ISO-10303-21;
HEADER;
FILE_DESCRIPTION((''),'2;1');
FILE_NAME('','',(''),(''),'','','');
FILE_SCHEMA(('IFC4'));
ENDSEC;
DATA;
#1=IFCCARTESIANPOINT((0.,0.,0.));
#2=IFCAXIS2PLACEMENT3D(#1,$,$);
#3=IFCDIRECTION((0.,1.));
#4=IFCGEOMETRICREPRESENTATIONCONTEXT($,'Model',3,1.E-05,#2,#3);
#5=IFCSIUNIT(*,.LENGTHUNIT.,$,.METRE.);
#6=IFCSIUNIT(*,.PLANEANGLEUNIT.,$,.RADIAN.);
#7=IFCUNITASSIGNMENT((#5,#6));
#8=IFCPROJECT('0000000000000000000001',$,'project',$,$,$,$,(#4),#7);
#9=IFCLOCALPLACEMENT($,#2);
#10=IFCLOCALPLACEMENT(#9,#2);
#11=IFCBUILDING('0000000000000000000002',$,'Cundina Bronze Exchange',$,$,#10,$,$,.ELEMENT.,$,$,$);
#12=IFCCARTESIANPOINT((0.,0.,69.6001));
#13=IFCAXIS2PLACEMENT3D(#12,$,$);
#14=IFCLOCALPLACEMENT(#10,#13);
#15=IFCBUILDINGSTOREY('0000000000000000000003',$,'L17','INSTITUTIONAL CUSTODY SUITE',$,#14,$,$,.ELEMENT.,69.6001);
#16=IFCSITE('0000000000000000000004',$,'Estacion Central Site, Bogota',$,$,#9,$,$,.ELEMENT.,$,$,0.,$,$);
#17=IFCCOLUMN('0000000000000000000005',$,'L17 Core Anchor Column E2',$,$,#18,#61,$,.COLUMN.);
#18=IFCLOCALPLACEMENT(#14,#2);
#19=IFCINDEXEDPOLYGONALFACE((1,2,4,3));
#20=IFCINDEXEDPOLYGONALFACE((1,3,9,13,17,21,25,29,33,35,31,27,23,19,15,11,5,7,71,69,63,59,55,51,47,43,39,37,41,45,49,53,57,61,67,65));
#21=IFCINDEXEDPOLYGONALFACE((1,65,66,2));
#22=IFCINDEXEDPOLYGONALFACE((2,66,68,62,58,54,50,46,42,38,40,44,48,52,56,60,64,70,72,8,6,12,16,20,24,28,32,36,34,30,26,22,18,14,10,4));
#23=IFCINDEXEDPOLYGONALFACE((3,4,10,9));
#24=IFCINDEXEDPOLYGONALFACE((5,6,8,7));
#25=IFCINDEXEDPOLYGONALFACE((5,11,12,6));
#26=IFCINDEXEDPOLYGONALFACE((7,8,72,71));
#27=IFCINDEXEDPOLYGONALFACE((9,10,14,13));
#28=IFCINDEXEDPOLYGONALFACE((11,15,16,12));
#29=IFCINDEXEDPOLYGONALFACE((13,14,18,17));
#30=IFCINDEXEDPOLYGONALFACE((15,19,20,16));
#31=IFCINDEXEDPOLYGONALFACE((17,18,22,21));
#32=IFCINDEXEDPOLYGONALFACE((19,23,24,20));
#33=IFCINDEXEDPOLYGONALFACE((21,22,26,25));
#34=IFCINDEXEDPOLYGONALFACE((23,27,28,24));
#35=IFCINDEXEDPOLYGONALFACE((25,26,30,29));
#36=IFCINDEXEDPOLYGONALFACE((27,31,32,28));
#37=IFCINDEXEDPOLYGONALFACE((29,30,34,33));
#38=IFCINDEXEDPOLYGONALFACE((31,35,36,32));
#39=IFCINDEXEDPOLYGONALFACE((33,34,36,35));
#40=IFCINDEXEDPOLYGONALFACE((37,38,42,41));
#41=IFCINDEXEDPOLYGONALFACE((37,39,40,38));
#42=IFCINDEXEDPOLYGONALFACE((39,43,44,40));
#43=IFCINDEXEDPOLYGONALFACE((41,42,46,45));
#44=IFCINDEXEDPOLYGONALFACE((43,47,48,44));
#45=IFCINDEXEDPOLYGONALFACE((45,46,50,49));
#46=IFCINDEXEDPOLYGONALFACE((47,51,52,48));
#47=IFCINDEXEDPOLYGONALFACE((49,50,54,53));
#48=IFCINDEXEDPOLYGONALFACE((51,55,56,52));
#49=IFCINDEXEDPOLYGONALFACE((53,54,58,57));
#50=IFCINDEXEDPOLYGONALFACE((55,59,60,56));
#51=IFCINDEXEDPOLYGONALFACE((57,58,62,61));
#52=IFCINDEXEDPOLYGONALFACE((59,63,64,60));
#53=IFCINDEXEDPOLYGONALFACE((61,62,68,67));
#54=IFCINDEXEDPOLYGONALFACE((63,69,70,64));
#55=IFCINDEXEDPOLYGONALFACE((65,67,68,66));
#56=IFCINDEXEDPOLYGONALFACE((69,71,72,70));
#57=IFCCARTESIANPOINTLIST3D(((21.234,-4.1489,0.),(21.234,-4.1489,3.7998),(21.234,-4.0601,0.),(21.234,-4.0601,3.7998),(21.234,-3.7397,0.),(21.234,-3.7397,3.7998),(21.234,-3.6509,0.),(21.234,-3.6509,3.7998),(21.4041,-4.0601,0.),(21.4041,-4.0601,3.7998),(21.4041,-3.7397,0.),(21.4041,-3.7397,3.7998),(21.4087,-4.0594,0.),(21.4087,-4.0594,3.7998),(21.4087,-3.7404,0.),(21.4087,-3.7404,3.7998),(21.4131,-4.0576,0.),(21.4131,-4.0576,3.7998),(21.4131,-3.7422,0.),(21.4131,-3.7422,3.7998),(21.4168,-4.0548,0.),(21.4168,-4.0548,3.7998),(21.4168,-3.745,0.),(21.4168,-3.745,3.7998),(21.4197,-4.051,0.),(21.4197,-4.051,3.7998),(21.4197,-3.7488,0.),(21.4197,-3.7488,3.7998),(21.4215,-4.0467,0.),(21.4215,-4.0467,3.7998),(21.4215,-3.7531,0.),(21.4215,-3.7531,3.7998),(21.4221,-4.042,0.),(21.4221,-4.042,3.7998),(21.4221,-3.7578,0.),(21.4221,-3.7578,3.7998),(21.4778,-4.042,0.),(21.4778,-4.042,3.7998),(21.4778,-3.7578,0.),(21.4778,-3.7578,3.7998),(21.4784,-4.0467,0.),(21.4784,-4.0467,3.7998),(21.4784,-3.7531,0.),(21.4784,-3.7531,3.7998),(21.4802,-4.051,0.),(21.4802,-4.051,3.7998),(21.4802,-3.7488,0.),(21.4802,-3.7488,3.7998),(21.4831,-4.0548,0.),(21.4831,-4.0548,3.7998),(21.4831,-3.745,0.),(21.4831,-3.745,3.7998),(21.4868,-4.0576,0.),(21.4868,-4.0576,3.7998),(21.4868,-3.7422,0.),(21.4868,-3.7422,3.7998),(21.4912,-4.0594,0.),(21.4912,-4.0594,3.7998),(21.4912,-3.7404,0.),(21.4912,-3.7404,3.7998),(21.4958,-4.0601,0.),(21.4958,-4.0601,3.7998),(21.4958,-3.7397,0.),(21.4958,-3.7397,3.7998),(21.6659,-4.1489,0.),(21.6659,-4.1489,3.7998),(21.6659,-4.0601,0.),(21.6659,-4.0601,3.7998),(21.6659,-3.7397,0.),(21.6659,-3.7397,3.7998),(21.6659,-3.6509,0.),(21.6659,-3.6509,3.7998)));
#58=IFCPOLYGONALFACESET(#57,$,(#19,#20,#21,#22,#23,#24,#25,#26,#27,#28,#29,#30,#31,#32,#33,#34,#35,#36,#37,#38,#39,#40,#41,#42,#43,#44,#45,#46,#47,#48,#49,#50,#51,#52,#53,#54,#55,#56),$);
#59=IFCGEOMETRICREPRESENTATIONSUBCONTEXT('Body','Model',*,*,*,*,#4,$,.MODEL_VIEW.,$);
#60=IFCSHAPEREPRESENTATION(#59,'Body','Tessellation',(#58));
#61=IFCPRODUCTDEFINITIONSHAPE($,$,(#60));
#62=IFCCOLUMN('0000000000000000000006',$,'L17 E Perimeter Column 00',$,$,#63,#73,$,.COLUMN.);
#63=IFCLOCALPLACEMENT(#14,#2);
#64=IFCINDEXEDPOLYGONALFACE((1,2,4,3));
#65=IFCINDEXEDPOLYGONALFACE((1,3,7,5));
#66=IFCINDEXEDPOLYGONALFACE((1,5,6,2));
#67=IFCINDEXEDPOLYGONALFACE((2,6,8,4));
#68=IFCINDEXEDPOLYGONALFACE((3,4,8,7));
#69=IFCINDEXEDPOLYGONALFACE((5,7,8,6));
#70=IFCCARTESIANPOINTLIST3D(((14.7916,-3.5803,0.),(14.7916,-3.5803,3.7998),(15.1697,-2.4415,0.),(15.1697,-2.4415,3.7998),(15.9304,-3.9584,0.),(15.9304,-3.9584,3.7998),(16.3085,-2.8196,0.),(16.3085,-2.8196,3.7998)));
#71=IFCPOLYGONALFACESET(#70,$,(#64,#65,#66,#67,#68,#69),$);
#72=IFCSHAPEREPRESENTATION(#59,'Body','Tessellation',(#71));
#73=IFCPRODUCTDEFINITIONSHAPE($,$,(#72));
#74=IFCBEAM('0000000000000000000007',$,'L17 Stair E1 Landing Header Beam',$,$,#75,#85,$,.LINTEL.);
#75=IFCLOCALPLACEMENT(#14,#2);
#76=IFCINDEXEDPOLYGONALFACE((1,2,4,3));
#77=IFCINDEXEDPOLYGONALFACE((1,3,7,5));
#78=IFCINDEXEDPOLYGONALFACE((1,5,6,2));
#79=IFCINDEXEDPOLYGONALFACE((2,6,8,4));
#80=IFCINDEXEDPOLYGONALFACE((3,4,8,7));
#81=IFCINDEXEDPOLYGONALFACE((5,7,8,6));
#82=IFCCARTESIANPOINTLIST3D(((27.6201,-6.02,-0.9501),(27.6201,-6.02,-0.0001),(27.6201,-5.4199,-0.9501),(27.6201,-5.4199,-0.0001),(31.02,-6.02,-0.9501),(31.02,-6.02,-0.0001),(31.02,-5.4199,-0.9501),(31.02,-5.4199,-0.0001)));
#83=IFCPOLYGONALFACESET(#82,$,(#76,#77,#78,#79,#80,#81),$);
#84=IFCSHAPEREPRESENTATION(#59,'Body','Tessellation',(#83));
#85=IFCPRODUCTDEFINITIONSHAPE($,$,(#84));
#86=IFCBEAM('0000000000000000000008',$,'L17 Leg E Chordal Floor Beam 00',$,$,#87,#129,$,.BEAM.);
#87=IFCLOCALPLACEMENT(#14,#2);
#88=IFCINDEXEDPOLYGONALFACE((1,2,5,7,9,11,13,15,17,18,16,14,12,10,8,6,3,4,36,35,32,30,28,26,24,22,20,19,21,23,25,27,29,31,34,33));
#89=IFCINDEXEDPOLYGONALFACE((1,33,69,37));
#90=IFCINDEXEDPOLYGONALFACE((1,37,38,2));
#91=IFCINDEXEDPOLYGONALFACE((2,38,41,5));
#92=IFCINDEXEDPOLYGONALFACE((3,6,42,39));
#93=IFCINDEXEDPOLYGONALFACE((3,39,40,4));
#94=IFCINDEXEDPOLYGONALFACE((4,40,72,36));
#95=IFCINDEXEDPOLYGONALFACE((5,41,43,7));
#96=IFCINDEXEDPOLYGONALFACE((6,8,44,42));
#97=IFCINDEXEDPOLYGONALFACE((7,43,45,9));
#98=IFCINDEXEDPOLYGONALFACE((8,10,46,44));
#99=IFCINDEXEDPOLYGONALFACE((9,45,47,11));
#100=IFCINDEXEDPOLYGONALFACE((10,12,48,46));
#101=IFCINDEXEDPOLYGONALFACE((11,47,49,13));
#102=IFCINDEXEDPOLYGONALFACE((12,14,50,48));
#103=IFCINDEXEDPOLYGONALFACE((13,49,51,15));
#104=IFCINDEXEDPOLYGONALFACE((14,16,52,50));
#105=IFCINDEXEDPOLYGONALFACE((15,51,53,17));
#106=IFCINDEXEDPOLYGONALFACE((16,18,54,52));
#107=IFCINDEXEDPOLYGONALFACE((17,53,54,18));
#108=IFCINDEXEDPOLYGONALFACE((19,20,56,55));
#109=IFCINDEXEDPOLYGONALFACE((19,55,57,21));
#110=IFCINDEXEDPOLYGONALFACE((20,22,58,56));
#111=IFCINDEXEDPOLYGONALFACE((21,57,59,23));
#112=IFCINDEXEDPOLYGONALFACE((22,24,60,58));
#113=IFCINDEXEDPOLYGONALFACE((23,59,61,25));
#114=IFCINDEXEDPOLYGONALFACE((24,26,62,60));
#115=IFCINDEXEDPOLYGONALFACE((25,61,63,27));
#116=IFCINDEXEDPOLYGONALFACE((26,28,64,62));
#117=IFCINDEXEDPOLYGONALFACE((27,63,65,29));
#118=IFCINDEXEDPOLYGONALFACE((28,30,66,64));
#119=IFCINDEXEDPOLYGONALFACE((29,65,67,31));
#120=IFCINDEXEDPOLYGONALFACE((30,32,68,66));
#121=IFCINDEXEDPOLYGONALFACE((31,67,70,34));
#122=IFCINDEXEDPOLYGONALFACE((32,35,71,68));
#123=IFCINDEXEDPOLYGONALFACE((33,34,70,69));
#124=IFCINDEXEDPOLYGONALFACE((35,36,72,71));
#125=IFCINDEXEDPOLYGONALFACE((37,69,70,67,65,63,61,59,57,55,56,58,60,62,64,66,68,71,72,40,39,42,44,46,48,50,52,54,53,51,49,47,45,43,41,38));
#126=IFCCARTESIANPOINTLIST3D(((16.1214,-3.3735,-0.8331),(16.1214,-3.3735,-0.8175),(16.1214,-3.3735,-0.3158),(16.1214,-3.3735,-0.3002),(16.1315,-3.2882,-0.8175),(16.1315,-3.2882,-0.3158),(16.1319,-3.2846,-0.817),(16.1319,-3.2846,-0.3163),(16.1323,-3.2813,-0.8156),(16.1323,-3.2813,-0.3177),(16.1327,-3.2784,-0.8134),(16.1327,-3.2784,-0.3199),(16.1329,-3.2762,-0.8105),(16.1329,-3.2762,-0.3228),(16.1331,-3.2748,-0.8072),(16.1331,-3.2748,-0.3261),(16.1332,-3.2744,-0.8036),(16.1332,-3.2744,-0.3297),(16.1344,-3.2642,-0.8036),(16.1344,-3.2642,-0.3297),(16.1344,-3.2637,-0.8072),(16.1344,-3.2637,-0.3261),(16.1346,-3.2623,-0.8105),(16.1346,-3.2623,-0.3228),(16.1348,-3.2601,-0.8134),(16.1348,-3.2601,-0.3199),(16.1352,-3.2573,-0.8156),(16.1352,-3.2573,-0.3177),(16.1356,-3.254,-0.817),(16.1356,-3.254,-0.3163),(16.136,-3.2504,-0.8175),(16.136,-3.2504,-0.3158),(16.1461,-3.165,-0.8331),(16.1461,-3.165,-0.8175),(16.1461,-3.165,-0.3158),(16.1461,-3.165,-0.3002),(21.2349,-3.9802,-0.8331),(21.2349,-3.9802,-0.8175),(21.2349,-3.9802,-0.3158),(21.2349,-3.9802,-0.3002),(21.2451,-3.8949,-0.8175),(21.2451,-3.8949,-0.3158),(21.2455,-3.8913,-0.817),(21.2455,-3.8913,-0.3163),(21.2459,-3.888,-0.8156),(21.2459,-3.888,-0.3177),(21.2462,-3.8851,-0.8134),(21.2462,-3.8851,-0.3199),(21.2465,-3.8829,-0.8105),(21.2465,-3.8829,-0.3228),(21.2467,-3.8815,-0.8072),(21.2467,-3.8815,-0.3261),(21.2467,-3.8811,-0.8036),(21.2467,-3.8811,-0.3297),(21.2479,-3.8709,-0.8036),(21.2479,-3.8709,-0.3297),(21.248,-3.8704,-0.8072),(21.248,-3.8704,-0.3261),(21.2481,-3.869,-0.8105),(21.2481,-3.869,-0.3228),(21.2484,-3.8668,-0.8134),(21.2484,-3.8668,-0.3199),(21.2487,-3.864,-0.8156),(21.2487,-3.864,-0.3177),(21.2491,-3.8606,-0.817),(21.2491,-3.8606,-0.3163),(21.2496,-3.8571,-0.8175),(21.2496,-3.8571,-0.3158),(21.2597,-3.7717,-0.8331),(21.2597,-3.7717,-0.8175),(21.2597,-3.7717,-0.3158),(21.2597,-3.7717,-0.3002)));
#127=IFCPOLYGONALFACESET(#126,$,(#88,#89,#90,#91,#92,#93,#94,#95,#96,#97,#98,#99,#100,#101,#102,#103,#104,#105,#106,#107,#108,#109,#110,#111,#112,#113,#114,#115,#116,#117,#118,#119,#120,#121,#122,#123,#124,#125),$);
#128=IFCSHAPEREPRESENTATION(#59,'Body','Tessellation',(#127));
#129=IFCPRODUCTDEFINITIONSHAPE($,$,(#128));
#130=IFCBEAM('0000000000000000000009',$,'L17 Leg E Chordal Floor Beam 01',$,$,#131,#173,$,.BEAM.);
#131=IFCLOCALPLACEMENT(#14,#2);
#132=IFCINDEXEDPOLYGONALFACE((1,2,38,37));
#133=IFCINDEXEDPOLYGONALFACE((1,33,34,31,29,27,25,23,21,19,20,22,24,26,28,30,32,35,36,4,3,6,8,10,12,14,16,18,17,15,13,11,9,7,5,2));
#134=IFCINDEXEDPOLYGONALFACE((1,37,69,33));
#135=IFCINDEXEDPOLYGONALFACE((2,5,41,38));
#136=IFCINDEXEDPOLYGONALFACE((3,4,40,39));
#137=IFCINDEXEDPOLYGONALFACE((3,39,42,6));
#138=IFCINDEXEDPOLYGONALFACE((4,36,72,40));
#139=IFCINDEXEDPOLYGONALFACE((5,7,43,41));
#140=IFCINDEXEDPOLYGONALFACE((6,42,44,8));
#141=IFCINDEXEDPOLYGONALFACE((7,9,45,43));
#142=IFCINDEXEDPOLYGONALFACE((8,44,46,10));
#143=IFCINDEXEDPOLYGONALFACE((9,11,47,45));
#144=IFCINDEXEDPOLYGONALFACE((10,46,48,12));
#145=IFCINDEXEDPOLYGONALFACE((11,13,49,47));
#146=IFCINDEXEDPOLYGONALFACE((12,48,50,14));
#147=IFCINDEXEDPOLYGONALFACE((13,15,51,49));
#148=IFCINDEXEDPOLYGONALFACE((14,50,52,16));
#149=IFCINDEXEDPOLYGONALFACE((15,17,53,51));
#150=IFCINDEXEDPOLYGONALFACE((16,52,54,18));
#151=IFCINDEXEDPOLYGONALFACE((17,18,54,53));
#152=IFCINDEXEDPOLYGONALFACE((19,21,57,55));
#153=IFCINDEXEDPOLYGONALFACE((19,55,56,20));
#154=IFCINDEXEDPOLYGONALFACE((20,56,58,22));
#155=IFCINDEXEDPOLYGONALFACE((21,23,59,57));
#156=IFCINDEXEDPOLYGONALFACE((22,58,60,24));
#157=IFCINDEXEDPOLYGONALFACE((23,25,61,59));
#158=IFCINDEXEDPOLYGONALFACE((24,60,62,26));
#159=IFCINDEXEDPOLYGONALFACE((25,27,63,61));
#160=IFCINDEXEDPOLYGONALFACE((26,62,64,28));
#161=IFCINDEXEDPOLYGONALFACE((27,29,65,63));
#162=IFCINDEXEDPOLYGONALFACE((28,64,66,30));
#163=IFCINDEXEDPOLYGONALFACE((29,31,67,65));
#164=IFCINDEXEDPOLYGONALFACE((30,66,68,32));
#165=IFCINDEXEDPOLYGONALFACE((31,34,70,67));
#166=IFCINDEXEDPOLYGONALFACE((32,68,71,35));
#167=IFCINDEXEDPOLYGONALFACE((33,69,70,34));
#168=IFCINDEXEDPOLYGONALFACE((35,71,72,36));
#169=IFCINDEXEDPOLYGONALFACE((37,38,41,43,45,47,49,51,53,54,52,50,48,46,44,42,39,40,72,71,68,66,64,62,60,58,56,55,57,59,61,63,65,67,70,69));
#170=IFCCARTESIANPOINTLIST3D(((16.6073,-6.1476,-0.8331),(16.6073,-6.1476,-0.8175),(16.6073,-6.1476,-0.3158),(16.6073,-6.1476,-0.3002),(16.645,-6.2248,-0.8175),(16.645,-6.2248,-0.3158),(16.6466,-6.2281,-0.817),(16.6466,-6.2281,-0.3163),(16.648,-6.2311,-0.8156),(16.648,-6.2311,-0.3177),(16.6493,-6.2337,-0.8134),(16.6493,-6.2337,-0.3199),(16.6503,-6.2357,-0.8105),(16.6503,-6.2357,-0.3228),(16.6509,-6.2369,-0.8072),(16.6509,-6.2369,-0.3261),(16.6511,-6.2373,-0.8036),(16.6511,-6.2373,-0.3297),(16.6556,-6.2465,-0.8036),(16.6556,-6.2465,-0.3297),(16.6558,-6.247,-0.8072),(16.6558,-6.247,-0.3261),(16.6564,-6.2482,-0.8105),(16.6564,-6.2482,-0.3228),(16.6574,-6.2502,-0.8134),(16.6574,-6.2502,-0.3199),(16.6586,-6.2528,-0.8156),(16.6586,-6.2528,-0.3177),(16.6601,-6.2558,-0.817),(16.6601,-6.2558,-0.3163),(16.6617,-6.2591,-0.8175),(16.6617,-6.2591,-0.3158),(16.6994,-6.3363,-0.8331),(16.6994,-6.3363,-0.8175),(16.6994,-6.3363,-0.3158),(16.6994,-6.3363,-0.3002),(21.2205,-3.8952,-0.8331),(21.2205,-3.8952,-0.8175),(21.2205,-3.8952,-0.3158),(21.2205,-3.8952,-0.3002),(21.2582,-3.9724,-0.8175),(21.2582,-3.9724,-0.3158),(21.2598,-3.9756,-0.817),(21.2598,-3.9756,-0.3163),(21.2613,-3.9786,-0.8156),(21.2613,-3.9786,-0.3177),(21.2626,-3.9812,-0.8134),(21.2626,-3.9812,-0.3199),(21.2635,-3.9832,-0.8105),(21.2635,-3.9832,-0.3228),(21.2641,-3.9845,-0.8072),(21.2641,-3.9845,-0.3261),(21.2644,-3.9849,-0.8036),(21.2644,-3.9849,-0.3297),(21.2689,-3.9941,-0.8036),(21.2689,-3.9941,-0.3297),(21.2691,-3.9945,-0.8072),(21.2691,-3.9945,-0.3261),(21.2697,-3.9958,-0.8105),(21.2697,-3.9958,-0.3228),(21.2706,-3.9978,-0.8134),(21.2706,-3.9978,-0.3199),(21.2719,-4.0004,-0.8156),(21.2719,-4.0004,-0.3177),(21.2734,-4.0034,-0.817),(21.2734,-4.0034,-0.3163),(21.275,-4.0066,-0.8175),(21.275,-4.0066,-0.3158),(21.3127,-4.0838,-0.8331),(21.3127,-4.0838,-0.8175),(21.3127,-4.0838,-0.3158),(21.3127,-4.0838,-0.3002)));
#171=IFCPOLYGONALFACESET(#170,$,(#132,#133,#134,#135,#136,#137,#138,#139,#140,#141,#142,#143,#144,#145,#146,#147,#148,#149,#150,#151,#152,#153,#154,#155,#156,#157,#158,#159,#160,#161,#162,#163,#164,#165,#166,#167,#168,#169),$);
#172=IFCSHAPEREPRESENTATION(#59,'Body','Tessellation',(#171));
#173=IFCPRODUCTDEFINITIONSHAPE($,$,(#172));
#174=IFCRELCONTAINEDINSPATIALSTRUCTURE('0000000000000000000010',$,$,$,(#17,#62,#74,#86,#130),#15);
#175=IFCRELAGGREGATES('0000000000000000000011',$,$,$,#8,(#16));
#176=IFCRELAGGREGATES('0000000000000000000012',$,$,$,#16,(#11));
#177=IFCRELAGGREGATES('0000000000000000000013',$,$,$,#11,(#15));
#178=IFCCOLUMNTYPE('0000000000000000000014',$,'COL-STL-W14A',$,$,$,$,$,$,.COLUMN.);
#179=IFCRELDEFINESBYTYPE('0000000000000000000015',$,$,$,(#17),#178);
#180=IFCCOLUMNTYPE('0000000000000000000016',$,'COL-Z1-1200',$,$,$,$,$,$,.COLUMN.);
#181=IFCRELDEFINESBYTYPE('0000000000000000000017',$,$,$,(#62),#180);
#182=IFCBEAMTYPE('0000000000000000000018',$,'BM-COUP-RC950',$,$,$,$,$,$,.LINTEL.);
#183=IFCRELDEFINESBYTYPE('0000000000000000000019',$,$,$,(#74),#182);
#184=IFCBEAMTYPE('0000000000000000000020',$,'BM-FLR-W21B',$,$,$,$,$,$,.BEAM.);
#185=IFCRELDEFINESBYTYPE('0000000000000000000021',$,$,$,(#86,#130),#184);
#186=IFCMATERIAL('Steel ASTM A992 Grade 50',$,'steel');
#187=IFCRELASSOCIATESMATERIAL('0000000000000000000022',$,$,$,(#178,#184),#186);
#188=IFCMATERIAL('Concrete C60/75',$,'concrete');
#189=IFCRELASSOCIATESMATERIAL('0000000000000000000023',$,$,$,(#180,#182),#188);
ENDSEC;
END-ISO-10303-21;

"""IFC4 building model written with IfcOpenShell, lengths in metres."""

from ifc_helpers import new_model, si_unit, direction, frame, origin, origin_2d, place, context, subcontext, project, spatial, rectangle, i_section, extrude, material, material_profile, profile_set, type_object, element, save


model = new_model("IFC4")

# Units and contexts
model_context = context("Model", 3, precision=1e-05, world=origin(), true_north=direction((0.0, 1.0)))
body_context = subcontext(model_context, "Body", "Model", "MODEL_VIEW")
ifc_project = project(units=[si_unit("LENGTHUNIT", "METRE"), si_unit("PLANEANGLEUNIT", "RADIAN")], contexts=[model_context])

# Site, building, storey
site_placement = place(None, origin())
site = spatial("IfcSite", under=ifc_project, at=site_placement, Name="Estacion Central Site, Bogota", CompositionType="ELEMENT", RefElevation=0.0)
building_placement = place(site_placement, origin())
building = spatial("IfcBuilding", under=site, at=building_placement, Name="Cundina Bronze Exchange", CompositionType="ELEMENT")
storey_placement = place(building_placement, frame((0.0, 0.0, 69.6001)))
storey = spatial("IfcBuildingStorey", under=building, at=storey_placement, Name="L17", Description="INSTITUTIONAL CUSTODY SUITE", CompositionType="ELEMENT", Elevation=69.6001)

# Columns
ifc_material_1 = material(Name="Steel ASTM A992 Grade 50", Category="steel")
ifc_material_profile_1 = material_profile(ifc_material_1, i_section(OverallWidth=0.4319, OverallDepth=0.498, WebThickness=0.0557, FlangeThickness=0.0889, FilletRadius=0.0181, at=origin_2d()), Name="W14X500", Category="steel")
ifc_profile_set_1 = profile_set([ifc_material_profile_1], Name="Steel ASTM A992 Grade 50")
column_type_1 = type_object("IfcColumnType", Name="COL-STL-W14A", PredefinedType="COLUMN", material=ifc_profile_set_1)
column_1_placement = place(storey_placement, frame((21.45, -3.8999, 0.0), z_axis=(0.0, 0.0, 1.0), x_axis=(1.0, 0.0, 0.0)))
element("IfcColumn", 1, at=column_1_placement, inside=storey, type_object=column_type_1, Name="L17 Core Anchor Column E2", PredefinedType="COLUMN", context=body_context, shape_type="SweptSolid", body=[
    extrude(i_section(OverallWidth=0.4319, OverallDepth=0.498, WebThickness=0.0557, FlangeThickness=0.0889, FilletRadius=0.0181, at=origin_2d()), origin(), (0.0, 0.0, 1.0), 3.7998),
])
ifc_material_2 = material(Name="Concrete C60/75", Category="concrete")
ifc_material_profile_2 = material_profile(ifc_material_2, rectangle(XDim=1.2, YDim=1.2, at=origin_2d()), Name="RC1200X1200", Category="concrete")
ifc_profile_set_2 = profile_set([ifc_material_profile_2], Name="Concrete C60/75")
column_type_2 = type_object("IfcColumnType", Name="COL-Z1-1200", PredefinedType="COLUMN", material=ifc_profile_set_2)
column_2_placement = place(storey_placement, frame((15.55, -3.2, 0.0), z_axis=(0.0, 0.0, 1.0), x_axis=(-0.315152, -0.949041, 0.0)))
element("IfcColumn", 2, at=column_2_placement, inside=storey, type_object=column_type_2, Name="L17 E Perimeter Column 00", PredefinedType="COLUMN", context=body_context, shape_type="SweptSolid", body=[
    extrude(rectangle(XDim=1.2, YDim=1.2, at=origin_2d()), origin(), (0.0, 0.0, 1.0), 3.7998),
])

# Beams
ifc_material_profile_3 = material_profile(ifc_material_2, rectangle(XDim=0.6001, YDim=0.95, at=origin_2d()), Name="RC600X950", Category="concrete")
ifc_profile_set_3 = profile_set([ifc_material_profile_3], Name="Concrete C60/75")
beam_type_1 = type_object("IfcBeamType", Name="BM-COUP-RC950", PredefinedType="LINTEL", material=ifc_profile_set_3)
beam_1_placement = place(storey_placement, frame((27.6201, -5.72, -0.4751), z_axis=(1.0, 0.0, 0.0), x_axis=(0.0, 1.0, 0.0)))
element("IfcBeam", 3, at=beam_1_placement, inside=storey, type_object=beam_type_1, Name="L17 Stair E1 Landing Header Beam", PredefinedType="LINTEL", context=body_context, shape_type="SweptSolid", body=[
    extrude(rectangle(XDim=0.6001, YDim=0.95, at=origin_2d()), origin(), (0.0, 0.0, 1.0), 3.3999),
])
ifc_material_profile_4 = material_profile(ifc_material_1, i_section(OverallWidth=0.21, OverallDepth=0.533, WebThickness=0.0103, FlangeThickness=0.0156, FilletRadius=0.0139, at=origin_2d()), Name="W21X62", Category="steel")
ifc_profile_set_4 = profile_set([ifc_material_profile_4], Name="Steel ASTM A992 Grade 50")
beam_type_2 = type_object("IfcBeamType", Name="BM-FLR-W21B", PredefinedType="BEAM", material=ifc_profile_set_4)
beam_2_placement = place(storey_placement, frame((21.2473, -3.876, -0.5667), z_axis=(-0.993035, 0.117818, 0.0), x_axis=(-0.117818, -0.993035, 0.0)))
element("IfcBeam", 4, at=beam_2_placement, inside=storey, type_object=beam_type_2, Name="L17 Leg E Chordal Floor Beam 00", PredefinedType="BEAM", context=body_context, shape_type="SweptSolid", body=[
    extrude(i_section(OverallWidth=0.21, OverallDepth=0.533, WebThickness=0.0103, FlangeThickness=0.0156, FilletRadius=0.0139, at=origin_2d()), origin(), (0.0, 0.0, 1.0), 5.1494),
])
beam_3_placement = place(storey_placement, frame((21.2666, -3.9895, -0.5667), z_axis=(-0.89861, -0.438748, 0.0), x_axis=(0.438748, -0.89861, 0.0)))
element("IfcBeam", 5, at=beam_3_placement, inside=storey, type_object=beam_type_2, Name="L17 Leg E Chordal Floor Beam 01", PredefinedType="BEAM", context=body_context, shape_type="SweptSolid", body=[
    extrude(i_section(OverallWidth=0.21, OverallDepth=0.533, WebThickness=0.0103, FlangeThickness=0.0156, FilletRadius=0.0139, at=origin_2d()), origin(), (0.0, 0.0, 1.0), 5.1338),
])

save(model, "model.ifc")
